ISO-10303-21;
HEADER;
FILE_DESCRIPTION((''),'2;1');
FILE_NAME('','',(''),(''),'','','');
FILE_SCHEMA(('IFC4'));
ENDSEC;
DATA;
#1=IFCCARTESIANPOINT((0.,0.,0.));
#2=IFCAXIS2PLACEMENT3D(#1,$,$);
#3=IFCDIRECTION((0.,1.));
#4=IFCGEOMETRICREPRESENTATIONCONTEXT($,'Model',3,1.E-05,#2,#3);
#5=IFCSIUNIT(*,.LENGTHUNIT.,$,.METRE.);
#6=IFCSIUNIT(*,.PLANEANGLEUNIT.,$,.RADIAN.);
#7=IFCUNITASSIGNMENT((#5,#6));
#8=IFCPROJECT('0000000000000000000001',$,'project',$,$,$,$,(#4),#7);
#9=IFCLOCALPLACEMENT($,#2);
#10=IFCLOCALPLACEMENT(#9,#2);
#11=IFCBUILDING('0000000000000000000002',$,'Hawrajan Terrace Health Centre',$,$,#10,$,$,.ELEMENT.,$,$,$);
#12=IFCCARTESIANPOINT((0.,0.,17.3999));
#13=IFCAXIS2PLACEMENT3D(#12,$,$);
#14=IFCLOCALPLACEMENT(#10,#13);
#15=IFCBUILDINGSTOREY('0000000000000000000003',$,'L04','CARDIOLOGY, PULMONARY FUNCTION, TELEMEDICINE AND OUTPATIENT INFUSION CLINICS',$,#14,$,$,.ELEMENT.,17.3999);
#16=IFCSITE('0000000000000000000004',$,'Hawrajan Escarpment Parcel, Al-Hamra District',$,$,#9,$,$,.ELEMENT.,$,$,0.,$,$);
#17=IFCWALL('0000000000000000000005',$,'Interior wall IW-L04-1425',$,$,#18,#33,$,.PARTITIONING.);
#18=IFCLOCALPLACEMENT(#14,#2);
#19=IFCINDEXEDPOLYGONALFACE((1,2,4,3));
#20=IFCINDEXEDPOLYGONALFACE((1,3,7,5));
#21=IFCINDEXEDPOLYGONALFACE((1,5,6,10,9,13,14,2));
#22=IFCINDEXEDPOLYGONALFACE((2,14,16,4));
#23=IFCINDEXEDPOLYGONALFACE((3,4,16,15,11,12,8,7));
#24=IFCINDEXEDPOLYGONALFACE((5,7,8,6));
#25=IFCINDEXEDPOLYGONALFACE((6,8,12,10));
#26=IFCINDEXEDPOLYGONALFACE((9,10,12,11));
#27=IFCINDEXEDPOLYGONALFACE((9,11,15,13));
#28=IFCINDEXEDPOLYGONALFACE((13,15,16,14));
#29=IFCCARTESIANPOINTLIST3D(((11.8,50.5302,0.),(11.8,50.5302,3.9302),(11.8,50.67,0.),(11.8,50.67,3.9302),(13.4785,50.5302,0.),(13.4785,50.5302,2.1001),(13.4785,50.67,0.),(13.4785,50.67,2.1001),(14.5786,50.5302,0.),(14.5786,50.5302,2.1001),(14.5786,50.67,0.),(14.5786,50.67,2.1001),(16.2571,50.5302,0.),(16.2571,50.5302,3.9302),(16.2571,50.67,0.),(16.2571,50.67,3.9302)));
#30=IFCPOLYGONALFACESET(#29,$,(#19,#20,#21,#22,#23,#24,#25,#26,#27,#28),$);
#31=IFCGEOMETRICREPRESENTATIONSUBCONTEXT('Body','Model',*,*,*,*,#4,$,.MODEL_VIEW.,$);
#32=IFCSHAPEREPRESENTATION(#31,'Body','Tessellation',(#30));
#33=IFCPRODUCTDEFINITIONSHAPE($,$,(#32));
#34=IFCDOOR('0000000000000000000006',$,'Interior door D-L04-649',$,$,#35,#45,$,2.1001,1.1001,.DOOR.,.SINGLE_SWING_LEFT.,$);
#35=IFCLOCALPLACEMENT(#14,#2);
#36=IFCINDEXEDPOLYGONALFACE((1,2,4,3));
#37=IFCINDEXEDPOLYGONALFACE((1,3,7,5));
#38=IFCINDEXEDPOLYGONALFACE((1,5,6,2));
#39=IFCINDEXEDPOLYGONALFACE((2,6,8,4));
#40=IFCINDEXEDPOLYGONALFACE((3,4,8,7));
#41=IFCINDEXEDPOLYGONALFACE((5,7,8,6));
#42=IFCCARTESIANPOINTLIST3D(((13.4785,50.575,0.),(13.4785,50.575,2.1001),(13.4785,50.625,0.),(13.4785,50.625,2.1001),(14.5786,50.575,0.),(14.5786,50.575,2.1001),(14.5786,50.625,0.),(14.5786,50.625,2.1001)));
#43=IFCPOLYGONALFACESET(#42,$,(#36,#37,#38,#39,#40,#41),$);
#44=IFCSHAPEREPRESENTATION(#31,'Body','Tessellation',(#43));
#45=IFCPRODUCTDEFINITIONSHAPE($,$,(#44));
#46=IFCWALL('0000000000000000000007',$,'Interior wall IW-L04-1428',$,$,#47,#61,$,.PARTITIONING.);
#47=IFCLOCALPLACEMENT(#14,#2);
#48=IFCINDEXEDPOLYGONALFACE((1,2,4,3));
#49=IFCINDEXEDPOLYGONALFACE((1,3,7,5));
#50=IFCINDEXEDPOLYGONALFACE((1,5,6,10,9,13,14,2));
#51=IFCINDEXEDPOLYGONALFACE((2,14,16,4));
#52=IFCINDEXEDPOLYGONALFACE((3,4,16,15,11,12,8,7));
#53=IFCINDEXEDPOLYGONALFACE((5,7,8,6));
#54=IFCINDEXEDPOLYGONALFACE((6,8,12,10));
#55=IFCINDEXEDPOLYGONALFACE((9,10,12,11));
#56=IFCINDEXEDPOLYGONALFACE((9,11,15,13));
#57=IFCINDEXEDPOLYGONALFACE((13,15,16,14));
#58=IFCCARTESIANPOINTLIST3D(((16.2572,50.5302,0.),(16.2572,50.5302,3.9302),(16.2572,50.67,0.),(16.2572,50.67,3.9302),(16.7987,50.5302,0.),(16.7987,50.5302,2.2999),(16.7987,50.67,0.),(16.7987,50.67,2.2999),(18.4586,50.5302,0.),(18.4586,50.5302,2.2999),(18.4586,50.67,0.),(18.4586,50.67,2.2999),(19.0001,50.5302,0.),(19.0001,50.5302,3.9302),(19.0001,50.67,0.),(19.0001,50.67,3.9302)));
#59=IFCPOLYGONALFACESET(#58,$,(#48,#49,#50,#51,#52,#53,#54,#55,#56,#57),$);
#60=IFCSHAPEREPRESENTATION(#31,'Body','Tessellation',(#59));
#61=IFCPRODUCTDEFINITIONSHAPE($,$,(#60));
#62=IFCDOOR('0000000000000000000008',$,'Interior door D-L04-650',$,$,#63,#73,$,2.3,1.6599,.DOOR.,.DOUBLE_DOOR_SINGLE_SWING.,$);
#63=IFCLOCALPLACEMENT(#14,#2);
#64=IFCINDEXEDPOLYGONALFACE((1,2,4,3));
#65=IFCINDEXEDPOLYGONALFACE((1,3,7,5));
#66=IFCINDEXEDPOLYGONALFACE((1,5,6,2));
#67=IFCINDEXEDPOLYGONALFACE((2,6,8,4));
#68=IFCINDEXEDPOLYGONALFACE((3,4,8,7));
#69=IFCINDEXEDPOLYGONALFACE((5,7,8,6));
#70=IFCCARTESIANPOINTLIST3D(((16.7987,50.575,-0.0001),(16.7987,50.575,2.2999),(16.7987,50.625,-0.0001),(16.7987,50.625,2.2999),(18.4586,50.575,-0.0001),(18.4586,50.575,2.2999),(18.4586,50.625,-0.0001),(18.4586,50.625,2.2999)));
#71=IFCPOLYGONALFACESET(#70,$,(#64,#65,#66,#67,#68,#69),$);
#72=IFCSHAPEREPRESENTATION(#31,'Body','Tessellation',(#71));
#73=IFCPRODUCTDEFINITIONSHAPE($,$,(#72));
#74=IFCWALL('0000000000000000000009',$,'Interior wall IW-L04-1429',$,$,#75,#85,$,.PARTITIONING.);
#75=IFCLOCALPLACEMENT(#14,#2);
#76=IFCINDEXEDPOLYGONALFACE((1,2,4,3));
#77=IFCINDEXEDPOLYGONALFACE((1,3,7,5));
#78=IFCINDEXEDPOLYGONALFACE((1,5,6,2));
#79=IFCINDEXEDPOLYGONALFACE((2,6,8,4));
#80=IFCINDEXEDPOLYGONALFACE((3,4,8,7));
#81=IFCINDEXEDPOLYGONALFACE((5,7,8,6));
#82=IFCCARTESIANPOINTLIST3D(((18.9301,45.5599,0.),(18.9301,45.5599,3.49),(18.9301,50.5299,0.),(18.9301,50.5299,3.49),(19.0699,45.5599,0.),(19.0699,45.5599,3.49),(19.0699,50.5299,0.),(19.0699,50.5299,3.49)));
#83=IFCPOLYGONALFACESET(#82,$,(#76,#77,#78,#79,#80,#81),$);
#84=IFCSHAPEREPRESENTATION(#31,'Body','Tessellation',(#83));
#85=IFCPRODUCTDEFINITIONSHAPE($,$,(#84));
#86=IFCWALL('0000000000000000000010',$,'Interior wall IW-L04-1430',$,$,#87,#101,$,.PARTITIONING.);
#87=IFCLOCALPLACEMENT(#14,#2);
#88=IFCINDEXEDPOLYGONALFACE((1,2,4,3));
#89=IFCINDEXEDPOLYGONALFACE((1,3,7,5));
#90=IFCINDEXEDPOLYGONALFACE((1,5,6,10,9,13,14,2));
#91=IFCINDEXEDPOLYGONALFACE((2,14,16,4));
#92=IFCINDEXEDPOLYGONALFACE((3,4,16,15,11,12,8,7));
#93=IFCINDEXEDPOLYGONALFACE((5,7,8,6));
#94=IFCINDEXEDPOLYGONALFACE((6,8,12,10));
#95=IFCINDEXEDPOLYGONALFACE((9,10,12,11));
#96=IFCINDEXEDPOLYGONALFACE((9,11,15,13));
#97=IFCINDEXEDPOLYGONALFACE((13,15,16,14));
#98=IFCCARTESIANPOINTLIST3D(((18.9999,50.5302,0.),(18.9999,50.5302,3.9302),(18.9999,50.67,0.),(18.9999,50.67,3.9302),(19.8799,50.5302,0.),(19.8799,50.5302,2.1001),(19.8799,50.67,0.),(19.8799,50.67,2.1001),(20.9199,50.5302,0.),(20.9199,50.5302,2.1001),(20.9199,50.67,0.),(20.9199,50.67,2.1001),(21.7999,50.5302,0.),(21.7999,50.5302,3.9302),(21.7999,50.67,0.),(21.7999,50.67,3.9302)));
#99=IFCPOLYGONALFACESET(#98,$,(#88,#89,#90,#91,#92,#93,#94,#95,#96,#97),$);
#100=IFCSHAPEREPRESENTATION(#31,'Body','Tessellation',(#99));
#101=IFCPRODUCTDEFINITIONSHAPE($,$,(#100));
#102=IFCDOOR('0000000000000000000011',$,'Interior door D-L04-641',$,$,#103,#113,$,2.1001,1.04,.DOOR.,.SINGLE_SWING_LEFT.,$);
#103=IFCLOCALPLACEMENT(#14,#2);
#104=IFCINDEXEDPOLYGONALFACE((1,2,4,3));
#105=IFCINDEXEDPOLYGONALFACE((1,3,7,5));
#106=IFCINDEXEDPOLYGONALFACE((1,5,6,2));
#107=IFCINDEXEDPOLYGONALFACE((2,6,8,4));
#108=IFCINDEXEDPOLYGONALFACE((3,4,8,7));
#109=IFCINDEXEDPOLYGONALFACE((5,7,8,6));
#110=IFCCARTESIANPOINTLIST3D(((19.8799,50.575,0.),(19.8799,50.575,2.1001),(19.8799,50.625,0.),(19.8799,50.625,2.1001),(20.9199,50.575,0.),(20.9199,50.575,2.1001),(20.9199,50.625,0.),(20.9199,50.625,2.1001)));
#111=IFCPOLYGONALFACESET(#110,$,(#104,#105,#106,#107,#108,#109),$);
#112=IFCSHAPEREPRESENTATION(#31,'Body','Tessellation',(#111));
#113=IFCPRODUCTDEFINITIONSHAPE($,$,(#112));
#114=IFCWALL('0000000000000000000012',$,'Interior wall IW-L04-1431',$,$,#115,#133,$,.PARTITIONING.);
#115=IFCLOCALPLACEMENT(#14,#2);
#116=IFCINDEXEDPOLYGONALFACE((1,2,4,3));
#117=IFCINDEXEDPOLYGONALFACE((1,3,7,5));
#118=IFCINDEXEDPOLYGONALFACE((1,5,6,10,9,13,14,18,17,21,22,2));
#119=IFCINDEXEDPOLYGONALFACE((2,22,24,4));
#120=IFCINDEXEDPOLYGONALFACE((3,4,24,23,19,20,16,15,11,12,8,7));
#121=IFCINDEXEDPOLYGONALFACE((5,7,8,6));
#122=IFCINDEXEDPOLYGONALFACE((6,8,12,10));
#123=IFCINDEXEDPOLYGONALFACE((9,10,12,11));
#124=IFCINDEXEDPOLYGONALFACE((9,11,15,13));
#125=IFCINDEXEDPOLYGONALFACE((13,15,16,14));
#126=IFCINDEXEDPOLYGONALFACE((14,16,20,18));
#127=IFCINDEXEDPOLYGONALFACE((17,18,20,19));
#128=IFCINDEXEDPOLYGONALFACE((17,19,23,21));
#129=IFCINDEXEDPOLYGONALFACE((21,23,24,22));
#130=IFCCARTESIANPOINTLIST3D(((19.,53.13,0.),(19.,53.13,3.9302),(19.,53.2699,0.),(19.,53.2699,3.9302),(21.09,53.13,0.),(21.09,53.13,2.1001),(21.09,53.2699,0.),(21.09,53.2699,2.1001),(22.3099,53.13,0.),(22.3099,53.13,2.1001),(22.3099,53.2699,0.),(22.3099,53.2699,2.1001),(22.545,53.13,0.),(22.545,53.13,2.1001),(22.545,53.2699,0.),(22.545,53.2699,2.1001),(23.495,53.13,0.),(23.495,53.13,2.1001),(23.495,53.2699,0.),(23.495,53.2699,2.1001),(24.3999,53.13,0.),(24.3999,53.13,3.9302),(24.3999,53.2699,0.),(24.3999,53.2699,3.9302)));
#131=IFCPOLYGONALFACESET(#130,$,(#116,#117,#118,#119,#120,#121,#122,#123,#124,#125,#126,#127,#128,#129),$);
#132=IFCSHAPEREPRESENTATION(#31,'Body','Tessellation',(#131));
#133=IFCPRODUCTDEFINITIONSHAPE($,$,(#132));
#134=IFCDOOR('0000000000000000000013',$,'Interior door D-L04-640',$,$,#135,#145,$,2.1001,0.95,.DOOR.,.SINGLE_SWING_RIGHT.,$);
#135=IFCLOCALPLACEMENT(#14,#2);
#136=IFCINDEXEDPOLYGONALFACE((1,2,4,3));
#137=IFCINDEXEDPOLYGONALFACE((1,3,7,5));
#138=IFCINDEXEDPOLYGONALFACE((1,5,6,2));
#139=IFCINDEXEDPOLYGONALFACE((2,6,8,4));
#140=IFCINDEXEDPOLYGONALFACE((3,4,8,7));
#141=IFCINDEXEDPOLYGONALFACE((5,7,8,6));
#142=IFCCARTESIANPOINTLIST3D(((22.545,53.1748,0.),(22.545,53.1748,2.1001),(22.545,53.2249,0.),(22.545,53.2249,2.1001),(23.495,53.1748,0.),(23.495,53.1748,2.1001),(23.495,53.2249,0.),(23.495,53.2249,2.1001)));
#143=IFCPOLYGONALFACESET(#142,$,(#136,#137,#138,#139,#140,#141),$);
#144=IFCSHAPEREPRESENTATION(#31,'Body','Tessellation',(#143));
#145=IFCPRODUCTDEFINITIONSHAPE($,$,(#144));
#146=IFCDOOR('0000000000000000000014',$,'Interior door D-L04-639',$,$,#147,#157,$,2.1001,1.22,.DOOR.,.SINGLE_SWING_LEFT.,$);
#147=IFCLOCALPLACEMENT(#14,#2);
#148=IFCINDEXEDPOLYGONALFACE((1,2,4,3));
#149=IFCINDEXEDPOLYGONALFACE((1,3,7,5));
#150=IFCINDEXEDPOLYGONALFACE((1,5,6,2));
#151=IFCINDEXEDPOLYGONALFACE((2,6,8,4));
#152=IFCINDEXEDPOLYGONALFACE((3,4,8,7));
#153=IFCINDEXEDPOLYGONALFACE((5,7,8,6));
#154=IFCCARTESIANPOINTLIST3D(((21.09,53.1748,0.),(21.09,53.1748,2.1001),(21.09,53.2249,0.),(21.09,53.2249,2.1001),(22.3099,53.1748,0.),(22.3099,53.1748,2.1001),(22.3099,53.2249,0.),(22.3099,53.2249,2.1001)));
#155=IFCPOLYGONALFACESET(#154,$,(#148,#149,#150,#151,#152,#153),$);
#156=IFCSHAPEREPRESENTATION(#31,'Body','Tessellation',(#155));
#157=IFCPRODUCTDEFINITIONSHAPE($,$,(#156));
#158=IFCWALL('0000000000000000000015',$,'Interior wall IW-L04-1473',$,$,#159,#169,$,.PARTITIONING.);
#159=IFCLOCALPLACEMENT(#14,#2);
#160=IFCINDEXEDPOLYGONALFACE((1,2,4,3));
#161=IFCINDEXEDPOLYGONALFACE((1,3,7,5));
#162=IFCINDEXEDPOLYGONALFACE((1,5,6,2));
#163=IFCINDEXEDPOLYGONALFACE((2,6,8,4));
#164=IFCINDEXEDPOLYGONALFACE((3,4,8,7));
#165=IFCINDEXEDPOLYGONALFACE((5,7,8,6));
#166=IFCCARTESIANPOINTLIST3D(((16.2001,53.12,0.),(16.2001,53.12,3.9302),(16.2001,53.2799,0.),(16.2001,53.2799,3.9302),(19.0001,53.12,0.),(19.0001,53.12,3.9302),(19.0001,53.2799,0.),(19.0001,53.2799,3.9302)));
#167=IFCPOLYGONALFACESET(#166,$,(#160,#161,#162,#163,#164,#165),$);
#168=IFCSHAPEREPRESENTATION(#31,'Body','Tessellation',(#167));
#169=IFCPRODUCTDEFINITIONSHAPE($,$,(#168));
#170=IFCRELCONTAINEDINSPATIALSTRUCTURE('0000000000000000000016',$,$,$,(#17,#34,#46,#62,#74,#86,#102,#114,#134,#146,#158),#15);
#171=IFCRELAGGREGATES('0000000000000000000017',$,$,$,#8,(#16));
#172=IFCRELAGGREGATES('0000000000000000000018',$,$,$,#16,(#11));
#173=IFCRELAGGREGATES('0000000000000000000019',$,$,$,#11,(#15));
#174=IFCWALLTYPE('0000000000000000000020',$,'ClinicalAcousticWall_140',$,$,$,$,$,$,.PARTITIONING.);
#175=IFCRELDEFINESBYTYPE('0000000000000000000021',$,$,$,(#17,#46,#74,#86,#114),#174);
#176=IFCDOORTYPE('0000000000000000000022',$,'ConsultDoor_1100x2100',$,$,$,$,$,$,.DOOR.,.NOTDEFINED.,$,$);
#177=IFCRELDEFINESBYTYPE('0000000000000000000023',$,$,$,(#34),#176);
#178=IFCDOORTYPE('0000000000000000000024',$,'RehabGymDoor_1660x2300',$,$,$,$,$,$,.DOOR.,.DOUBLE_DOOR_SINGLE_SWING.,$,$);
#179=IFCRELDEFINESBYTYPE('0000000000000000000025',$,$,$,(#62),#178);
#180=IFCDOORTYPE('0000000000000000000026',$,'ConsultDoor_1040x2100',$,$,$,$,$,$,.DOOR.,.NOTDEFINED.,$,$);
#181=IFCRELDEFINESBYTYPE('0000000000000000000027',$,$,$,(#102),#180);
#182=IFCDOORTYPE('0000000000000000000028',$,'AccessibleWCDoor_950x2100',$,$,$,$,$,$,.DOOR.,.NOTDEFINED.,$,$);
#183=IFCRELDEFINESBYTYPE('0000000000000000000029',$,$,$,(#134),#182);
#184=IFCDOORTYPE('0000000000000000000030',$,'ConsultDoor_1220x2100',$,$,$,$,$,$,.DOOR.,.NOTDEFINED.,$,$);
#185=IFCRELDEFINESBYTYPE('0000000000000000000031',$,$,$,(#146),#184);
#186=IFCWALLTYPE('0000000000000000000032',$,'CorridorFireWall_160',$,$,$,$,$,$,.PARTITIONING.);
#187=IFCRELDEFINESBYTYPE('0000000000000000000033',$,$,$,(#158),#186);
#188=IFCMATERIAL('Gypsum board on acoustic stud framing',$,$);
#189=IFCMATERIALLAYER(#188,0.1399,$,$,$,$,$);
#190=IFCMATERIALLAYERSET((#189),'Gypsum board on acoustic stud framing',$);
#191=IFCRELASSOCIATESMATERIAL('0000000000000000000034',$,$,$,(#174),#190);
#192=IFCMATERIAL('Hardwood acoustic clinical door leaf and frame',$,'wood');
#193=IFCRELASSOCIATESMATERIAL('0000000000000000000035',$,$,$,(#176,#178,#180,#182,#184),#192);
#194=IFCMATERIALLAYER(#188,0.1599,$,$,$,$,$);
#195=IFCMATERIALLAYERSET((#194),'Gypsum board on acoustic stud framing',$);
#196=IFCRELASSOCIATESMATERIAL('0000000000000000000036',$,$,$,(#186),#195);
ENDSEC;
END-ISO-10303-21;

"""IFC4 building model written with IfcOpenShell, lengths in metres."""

from ifc_helpers import new_model, si_unit, direction, frame, frame_2d, origin, place, context, subcontext, project, spatial, rectangle, extrude, material, layer, layer_set, type_object, element, fill, save


model = new_model("IFC4")

# Units and contexts
model_context = context("Model", 3, precision=1e-05, world=origin(), true_north=direction((0.0, 1.0)))
body_context = subcontext(model_context, "Body", "Model", "MODEL_VIEW")
ifc_project = project(units=[si_unit("LENGTHUNIT", "METRE"), si_unit("PLANEANGLEUNIT", "RADIAN")], contexts=[model_context])

# Site, building, storey
site_placement = place(None, origin())
site = spatial("IfcSite", under=ifc_project, at=site_placement, Name="Hawrajan Escarpment Parcel, Al-Hamra District", CompositionType="ELEMENT", RefElevation=0.0)
building_placement = place(site_placement, origin())
building = spatial("IfcBuilding", under=site, at=building_placement, Name="Hawrajan Terrace Health Centre", CompositionType="ELEMENT")
storey_placement = place(building_placement, frame((0.0, 0.0, 17.3999)))
storey = spatial("IfcBuildingStorey", under=building, at=storey_placement, Name="L04", Description="CARDIOLOGY, PULMONARY FUNCTION, TELEMEDICINE AND OUTPATIENT INFUSION CLINICS", CompositionType="ELEMENT", Elevation=17.3999)

# Walls, openings, doors
ifc_material_1 = material(Name="Gypsum board on acoustic stud framing")
ifc_layer_1 = layer(ifc_material_1, 0.1399)
ifc_layer_set_1 = layer_set([ifc_layer_1], Name="Gypsum board on acoustic stud framing")
wall_type_1 = type_object("IfcWallType", Name="ClinicalAcousticWall_140", PredefinedType="PARTITIONING", material=ifc_layer_set_1)
wall_1_placement = place(storey_placement, frame((11.8, 50.6001, 0.0), z_axis=(0.0, 0.0, 1.0), x_axis=(1.0, 0.0, 0.0)))
wall_1 = element("IfcWall", 1, at=wall_1_placement, inside=storey, type_object=wall_type_1, Name="Interior wall IW-L04-1425", PredefinedType="PARTITIONING", context=body_context, shape_type="SweptSolid", body=[
    extrude(rectangle(XDim=4.457, YDim=0.1399, at=frame_2d((2.2285, 0.0))), origin(), (0.0, 0.0, 1.0), 3.9302),
])
opening_1_placement = place(wall_1_placement, frame((1.6785, 0.0, 0.0)))
opening_1 = element("IfcOpeningElement", 2, at=opening_1_placement, cuts=wall_1, PredefinedType="OPENING", context=body_context, shape_type="SweptSolid", body=[
    extrude(rectangle(XDim=1.1001, YDim=2.1001, at=frame_2d((0.55, 1.05))), frame((0.0, 0.0798, 0.0), z_axis=(0.0, -1.0, 0.0), x_axis=(1.0, 0.0, 0.0)), (0.0, 0.0, 1.0), 0.1599),
])
ifc_material_2 = material(Name="Hardwood acoustic clinical door leaf and frame", Category="wood")
door_type_1 = type_object("IfcDoorType", Name="ConsultDoor_1100x2100", OperationType="NOTDEFINED", PredefinedType="DOOR", material=ifc_material_2)
door_1_placement = place(opening_1_placement, origin())
door_1 = element("IfcDoor", 3, at=door_1_placement, inside=storey, type_object=door_type_1, Name="Interior door D-L04-649", OperationType="SINGLE_SWING_LEFT", OverallHeight=2.1001, OverallWidth=1.1001, PredefinedType="DOOR", context=body_context, shape_type="SweptSolid", body=[
    extrude(rectangle(XDim=1.1001, YDim=2.1001, at=frame_2d((0.55, 1.05))), frame((0.0, 0.0249, 0.0), z_axis=(0.0, -1.0, 0.0), x_axis=(1.0, 0.0, 0.0)), (0.0, 0.0, 1.0), 0.05),
])
fill(opening_1, door_1)
wall_2_placement = place(storey_placement, frame((16.2571, 50.6001, 0.0), z_axis=(0.0, 0.0, 1.0), x_axis=(1.0, 0.0, 0.0)))
wall_2 = element("IfcWall", 4, at=wall_2_placement, inside=storey, type_object=wall_type_1, Name="Interior wall IW-L04-1428", PredefinedType="PARTITIONING", context=body_context, shape_type="SweptSolid", body=[
    extrude(rectangle(XDim=2.7429, YDim=0.1399, at=frame_2d((1.3716, 0.0))), origin(), (0.0, 0.0, 1.0), 3.9302),
])
opening_2_placement = place(wall_2_placement, frame((0.5415, 0.0, 0.0)))
opening_2 = element("IfcOpeningElement", 5, at=opening_2_placement, cuts=wall_2, PredefinedType="OPENING", context=body_context, shape_type="SweptSolid", body=[
    extrude(rectangle(XDim=1.6599, YDim=2.3, at=frame_2d((0.8301, 1.1499))), frame((0.0, 0.0798, 0.0), z_axis=(0.0, -1.0, 0.0), x_axis=(1.0, 0.0, 0.0)), (0.0, 0.0, 1.0), 0.1599),
])
door_type_2 = type_object("IfcDoorType", Name="RehabGymDoor_1660x2300", OperationType="DOUBLE_DOOR_SINGLE_SWING", PredefinedType="DOOR", material=ifc_material_2)
door_2_placement = place(opening_2_placement, origin())
door_2 = element("IfcDoor", 6, at=door_2_placement, inside=storey, type_object=door_type_2, Name="Interior door D-L04-650", OperationType="DOUBLE_DOOR_SINGLE_SWING", OverallHeight=2.3, OverallWidth=1.6599, PredefinedType="DOOR", context=body_context, shape_type="SweptSolid", body=[
    extrude(rectangle(XDim=1.6599, YDim=2.3, at=frame_2d((0.8301, 1.1499))), frame((0.0, 0.0249, 0.0), z_axis=(0.0, -1.0, 0.0), x_axis=(1.0, 0.0, 0.0)), (0.0, 0.0, 1.0), 0.05),
])
fill(opening_2, door_2)

# Wall
wall_3_placement = place(storey_placement, frame((19.0, 45.5601, 0.0), z_axis=(0.0, 0.0, 1.0), x_axis=(0.0, 1.0, 0.0)))
element("IfcWall", 7, at=wall_3_placement, inside=storey, type_object=wall_type_1, Name="Interior wall IW-L04-1429", PredefinedType="PARTITIONING", context=body_context, shape_type="SweptSolid", body=[
    extrude(rectangle(XDim=4.97, YDim=0.1399, at=frame_2d((2.4849, 0.0))), origin(), (0.0, 0.0, 1.0), 3.49),
])

# Wall, opening, door
wall_4_placement = place(storey_placement, frame((19.0, 50.6001, 0.0), z_axis=(0.0, 0.0, 1.0), x_axis=(1.0, 0.0, 0.0)))
wall_4 = element("IfcWall", 8, at=wall_4_placement, inside=storey, type_object=wall_type_1, Name="Interior wall IW-L04-1430", PredefinedType="PARTITIONING", context=body_context, shape_type="SweptSolid", body=[
    extrude(rectangle(XDim=2.8, YDim=0.1399, at=frame_2d((1.3999, 0.0))), origin(), (0.0, 0.0, 1.0), 3.9302),
])
opening_3_placement = place(wall_4_placement, frame((0.8799, 0.0, 0.0)))
opening_3 = element("IfcOpeningElement", 9, at=opening_3_placement, cuts=wall_4, PredefinedType="OPENING", context=body_context, shape_type="SweptSolid", body=[
    extrude(rectangle(XDim=1.04, YDim=2.1001, at=frame_2d((0.52, 1.05))), frame((0.0, 0.0798, 0.0), z_axis=(0.0, -1.0, 0.0), x_axis=(1.0, 0.0, 0.0)), (0.0, 0.0, 1.0), 0.1599),
])
door_type_3 = type_object("IfcDoorType", Name="ConsultDoor_1040x2100", OperationType="NOTDEFINED", PredefinedType="DOOR", material=ifc_material_2)
door_3_placement = place(opening_3_placement, origin())
door_3 = element("IfcDoor", 10, at=door_3_placement, inside=storey, type_object=door_type_3, Name="Interior door D-L04-641", OperationType="SINGLE_SWING_LEFT", OverallHeight=2.1001, OverallWidth=1.04, PredefinedType="DOOR", context=body_context, shape_type="SweptSolid", body=[
    extrude(rectangle(XDim=1.04, YDim=2.1001, at=frame_2d((0.52, 1.05))), frame((0.0, 0.0249, 0.0), z_axis=(0.0, -1.0, 0.0), x_axis=(1.0, 0.0, 0.0)), (0.0, 0.0, 1.0), 0.05),
])
fill(opening_3, door_3)

# Wall, openings, doors
wall_5_placement = place(storey_placement, frame((19.0, 53.2, 0.0), z_axis=(0.0, 0.0, 1.0), x_axis=(1.0, 0.0, 0.0)))
wall_5 = element("IfcWall", 11, at=wall_5_placement, inside=storey, type_object=wall_type_1, Name="Interior wall IW-L04-1431", PredefinedType="PARTITIONING", context=body_context, shape_type="SweptSolid", body=[
    extrude(rectangle(XDim=5.3999, YDim=0.1399, at=frame_2d((2.7, 0.0))), origin(), (0.0, 0.0, 1.0), 3.9302),
])
opening_4_placement = place(wall_5_placement, frame((2.0901, 0.0, 0.0)))
opening_4 = element("IfcOpeningElement", 12, at=opening_4_placement, cuts=wall_5, PredefinedType="OPENING", context=body_context, shape_type="SweptSolid", body=[
    extrude(rectangle(XDim=1.22, YDim=2.1001, at=frame_2d((0.6099, 1.05))), frame((0.0, 0.0798, 0.0), z_axis=(0.0, -1.0, 0.0), x_axis=(1.0, 0.0, 0.0)), (0.0, 0.0, 1.0), 0.1599),
])
opening_5_placement = place(wall_5_placement, frame((3.5449, 0.0, 0.0)))
opening_5 = element("IfcOpeningElement", 13, at=opening_5_placement, cuts=wall_5, PredefinedType="OPENING", context=body_context, shape_type="SweptSolid", body=[
    extrude(rectangle(XDim=0.95, YDim=2.1001, at=frame_2d((0.4751, 1.05))), frame((0.0, 0.0798, 0.0), z_axis=(0.0, -1.0, 0.0), x_axis=(1.0, 0.0, 0.0)), (0.0, 0.0, 1.0), 0.1599),
])
door_type_4 = type_object("IfcDoorType", Name="AccessibleWCDoor_950x2100", OperationType="NOTDEFINED", PredefinedType="DOOR", material=ifc_material_2)
door_4_placement = place(opening_5_placement, origin())
door_4 = element("IfcDoor", 14, at=door_4_placement, inside=storey, type_object=door_type_4, Name="Interior door D-L04-640", OperationType="SINGLE_SWING_RIGHT", OverallHeight=2.1001, OverallWidth=0.95, PredefinedType="DOOR", context=body_context, shape_type="SweptSolid", body=[
    extrude(rectangle(XDim=0.95, YDim=2.1001, at=frame_2d((0.4751, 1.05))), frame((0.0, 0.0249, 0.0), z_axis=(0.0, -1.0, 0.0), x_axis=(1.0, 0.0, 0.0)), (0.0, 0.0, 1.0), 0.05),
])
fill(opening_5, door_4)
door_type_5 = type_object("IfcDoorType", Name="ConsultDoor_1220x2100", OperationType="NOTDEFINED", PredefinedType="DOOR", material=ifc_material_2)
door_5_placement = place(opening_4_placement, origin())
door_5 = element("IfcDoor", 15, at=door_5_placement, inside=storey, type_object=door_type_5, Name="Interior door D-L04-639", OperationType="SINGLE_SWING_LEFT", OverallHeight=2.1001, OverallWidth=1.22, PredefinedType="DOOR", context=body_context, shape_type="SweptSolid", body=[
    extrude(rectangle(XDim=1.22, YDim=2.1001, at=frame_2d((0.6099, 1.05))), frame((0.0, 0.0249, 0.0), z_axis=(0.0, -1.0, 0.0), x_axis=(1.0, 0.0, 0.0)), (0.0, 0.0, 1.0), 0.05),
])
fill(opening_4, door_5)

# Wall
ifc_layer_2 = layer(ifc_material_1, 0.1599)
ifc_layer_set_2 = layer_set([ifc_layer_2], Name="Gypsum board on acoustic stud framing")
wall_type_2 = type_object("IfcWallType", Name="CorridorFireWall_160", PredefinedType="PARTITIONING", material=ifc_layer_set_2)
wall_6_placement = place(storey_placement, frame((19.0, 53.2, 0.0), z_axis=(0.0, 0.0, 1.0), x_axis=(-1.0, 0.0, 0.0)))
element("IfcWall", 16, at=wall_6_placement, inside=storey, type_object=wall_type_2, Name="Interior wall IW-L04-1473", PredefinedType="PARTITIONING", context=body_context, shape_type="SweptSolid", body=[
    extrude(rectangle(XDim=2.8, YDim=0.1599, at=frame_2d((1.3999, 0.0))), origin(), (0.0, 0.0, 1.0), 3.9302),
])

save(model, "model.ifc")
